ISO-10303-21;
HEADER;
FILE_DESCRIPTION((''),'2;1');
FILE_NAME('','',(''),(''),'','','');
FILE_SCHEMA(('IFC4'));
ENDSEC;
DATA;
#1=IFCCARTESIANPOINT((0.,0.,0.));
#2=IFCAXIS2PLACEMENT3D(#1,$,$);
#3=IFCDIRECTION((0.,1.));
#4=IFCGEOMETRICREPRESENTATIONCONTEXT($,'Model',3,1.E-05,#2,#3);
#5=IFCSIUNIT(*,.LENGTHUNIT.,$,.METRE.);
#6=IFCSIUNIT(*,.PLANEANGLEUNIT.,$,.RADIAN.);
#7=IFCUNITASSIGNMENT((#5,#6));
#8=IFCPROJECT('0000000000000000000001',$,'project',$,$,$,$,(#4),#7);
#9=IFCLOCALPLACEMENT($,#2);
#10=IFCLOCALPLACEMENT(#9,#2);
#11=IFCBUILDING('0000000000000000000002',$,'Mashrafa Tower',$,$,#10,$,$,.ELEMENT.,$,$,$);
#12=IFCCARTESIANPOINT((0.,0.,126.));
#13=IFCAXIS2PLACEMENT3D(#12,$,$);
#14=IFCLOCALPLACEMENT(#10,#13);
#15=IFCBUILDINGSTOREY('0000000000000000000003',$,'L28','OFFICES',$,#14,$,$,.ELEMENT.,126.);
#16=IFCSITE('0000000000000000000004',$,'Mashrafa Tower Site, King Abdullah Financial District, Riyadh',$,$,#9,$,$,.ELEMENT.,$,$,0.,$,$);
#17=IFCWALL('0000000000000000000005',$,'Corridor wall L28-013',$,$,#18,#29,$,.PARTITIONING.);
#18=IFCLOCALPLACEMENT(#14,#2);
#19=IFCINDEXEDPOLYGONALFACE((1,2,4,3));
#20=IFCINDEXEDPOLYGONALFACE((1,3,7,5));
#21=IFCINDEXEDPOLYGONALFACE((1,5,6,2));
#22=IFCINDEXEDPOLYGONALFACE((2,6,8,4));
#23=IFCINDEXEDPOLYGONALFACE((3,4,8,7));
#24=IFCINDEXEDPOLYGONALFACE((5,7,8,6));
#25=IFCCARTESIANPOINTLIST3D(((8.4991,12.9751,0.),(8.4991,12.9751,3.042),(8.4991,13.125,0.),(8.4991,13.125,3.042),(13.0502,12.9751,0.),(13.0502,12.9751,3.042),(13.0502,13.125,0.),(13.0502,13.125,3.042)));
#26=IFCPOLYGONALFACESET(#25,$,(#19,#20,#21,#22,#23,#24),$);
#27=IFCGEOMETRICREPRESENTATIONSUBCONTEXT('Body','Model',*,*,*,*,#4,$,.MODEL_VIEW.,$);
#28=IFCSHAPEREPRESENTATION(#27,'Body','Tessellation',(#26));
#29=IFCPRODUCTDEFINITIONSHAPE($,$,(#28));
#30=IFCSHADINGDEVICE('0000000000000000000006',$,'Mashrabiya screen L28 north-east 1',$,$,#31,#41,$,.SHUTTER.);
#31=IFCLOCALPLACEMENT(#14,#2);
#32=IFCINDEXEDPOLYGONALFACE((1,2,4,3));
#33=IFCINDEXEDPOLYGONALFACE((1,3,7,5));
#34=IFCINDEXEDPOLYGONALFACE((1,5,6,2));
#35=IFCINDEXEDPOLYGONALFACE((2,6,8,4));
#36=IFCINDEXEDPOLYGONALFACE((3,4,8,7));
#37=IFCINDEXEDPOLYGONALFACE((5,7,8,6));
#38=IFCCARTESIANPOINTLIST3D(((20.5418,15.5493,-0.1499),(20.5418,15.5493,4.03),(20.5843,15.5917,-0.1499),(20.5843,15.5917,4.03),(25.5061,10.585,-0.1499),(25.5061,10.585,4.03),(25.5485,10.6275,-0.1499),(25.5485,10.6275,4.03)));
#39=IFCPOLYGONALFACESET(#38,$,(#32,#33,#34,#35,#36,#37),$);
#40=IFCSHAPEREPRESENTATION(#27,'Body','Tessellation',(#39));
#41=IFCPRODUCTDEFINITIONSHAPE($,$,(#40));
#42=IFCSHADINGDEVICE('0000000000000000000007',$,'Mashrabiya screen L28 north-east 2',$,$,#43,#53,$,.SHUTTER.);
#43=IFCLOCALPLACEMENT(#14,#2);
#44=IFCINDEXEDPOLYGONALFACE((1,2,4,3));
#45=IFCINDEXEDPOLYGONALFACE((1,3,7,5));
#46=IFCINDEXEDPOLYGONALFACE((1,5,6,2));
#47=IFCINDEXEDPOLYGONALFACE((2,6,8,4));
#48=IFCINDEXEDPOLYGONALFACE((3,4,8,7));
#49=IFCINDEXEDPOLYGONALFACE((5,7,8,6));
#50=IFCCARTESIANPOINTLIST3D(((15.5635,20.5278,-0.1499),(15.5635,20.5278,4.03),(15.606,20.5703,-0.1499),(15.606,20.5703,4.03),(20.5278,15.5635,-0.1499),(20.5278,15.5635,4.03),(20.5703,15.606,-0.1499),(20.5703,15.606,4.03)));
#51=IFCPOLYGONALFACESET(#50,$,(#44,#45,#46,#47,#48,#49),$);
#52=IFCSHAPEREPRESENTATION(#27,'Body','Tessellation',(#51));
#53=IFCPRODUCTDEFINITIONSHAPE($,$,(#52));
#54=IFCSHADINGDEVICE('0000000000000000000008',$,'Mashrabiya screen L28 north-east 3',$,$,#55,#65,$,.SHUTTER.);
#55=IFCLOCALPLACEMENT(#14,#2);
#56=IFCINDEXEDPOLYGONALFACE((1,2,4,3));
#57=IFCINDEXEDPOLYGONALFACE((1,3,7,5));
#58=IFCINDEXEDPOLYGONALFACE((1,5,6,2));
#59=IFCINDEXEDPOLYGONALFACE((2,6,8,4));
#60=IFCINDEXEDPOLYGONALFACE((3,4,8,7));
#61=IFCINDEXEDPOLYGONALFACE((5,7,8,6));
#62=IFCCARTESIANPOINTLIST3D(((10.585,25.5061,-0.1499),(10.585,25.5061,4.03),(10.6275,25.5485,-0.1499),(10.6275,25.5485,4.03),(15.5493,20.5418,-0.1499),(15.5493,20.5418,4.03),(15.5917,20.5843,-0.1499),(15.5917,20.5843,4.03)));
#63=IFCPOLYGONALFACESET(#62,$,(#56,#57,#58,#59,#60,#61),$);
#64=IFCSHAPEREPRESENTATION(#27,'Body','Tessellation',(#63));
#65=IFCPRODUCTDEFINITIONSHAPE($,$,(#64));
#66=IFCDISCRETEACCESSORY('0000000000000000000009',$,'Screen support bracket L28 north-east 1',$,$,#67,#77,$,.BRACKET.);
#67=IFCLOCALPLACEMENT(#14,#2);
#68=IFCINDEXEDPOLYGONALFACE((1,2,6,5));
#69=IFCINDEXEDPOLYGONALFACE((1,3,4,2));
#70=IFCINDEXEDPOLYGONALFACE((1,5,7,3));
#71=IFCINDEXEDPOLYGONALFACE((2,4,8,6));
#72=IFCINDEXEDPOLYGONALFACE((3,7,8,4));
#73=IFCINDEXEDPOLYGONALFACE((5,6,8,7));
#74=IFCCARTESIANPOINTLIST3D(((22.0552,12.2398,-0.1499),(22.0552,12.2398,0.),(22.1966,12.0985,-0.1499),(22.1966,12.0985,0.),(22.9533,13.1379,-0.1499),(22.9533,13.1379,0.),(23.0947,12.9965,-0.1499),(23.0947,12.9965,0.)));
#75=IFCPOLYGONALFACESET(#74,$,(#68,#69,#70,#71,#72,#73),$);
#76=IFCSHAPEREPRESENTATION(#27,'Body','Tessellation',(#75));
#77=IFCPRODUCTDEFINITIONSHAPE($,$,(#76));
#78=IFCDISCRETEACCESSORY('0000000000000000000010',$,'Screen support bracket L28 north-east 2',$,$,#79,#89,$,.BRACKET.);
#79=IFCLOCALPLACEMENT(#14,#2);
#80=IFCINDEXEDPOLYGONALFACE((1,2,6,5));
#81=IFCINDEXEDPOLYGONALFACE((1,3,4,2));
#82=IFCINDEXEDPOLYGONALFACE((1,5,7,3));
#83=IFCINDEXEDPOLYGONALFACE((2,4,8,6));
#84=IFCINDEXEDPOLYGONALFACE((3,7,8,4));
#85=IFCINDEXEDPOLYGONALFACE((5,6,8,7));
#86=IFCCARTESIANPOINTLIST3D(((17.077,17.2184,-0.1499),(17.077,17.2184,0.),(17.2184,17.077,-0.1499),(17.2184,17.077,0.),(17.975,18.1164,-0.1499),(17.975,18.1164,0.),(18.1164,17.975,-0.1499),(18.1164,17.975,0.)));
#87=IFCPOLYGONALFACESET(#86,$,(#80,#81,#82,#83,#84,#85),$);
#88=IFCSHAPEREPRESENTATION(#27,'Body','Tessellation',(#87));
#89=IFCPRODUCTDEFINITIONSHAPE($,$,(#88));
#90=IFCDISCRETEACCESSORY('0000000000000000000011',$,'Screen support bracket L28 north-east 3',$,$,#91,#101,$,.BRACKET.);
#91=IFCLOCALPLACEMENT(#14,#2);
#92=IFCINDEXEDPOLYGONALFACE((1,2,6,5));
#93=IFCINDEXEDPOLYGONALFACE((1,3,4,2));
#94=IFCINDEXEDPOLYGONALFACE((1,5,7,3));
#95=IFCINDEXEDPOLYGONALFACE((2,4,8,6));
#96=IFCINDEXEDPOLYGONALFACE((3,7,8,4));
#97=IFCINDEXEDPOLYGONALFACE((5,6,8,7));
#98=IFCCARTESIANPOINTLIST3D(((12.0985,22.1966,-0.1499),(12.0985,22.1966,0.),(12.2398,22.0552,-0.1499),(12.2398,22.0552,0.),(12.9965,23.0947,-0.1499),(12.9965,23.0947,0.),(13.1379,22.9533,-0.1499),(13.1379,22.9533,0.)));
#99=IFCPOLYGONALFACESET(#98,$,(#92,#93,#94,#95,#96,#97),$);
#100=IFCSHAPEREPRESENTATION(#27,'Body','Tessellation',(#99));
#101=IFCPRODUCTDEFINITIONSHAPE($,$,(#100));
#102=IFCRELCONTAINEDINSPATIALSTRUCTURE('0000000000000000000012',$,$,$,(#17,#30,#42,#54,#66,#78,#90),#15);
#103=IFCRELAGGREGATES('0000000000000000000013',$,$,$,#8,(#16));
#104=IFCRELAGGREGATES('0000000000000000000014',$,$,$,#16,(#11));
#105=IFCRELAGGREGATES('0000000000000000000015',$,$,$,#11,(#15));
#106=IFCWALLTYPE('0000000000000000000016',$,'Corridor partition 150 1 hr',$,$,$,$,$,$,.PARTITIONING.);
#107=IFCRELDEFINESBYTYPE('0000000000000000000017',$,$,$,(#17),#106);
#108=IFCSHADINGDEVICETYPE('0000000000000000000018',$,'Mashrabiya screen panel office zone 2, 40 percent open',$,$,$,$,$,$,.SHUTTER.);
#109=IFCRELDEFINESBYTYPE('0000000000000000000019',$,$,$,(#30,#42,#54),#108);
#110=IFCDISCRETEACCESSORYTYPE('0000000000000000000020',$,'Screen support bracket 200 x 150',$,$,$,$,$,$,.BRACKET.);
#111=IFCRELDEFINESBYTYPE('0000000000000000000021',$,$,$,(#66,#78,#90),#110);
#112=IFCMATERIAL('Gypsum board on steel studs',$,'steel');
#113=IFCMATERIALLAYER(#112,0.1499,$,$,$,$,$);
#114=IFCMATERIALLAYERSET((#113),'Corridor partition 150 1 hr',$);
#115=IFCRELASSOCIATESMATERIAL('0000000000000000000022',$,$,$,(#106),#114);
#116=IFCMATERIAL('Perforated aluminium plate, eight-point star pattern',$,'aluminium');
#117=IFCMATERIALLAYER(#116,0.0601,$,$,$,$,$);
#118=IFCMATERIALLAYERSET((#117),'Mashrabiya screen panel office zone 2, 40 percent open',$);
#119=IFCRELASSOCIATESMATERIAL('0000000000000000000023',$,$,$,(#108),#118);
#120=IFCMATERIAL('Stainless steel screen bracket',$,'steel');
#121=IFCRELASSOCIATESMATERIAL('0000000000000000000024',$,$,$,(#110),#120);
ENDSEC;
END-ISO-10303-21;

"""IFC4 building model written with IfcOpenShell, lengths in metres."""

from ifc_helpers import new_model, si_unit, direction, frame, frame_2d, origin, origin_2d, place, context, subcontext, project, spatial, rectangle, extrude, source, transform, mapped, material, layer, layer_set, type_object, type_shapes, element, save


model = new_model("IFC4")

# Units and contexts
model_context = context("Model", 3, precision=1e-05, world=origin(), true_north=direction((0.0, 1.0)))
body_context = subcontext(model_context, "Body", "Model", "MODEL_VIEW")
ifc_project = project(units=[si_unit("LENGTHUNIT", "METRE"), si_unit("PLANEANGLEUNIT", "RADIAN")], contexts=[model_context])

# Site, building, storey
site_placement = place(None, origin())
site = spatial("IfcSite", under=ifc_project, at=site_placement, Name="Mashrafa Tower Site, King Abdullah Financial District, Riyadh", CompositionType="ELEMENT", RefElevation=0.0)
building_placement = place(site_placement, origin())
building = spatial("IfcBuilding", under=site, at=building_placement, Name="Mashrafa Tower", CompositionType="ELEMENT")
storey_placement = place(building_placement, frame((0.0, 0.0, 126.0)))
storey = spatial("IfcBuildingStorey", under=building, at=storey_placement, Name="L28", Description="OFFICES", CompositionType="ELEMENT", Elevation=126.0)

# Wall
ifc_material_1 = material(Name="Gypsum board on steel studs", Category="steel")
ifc_layer_1 = layer(ifc_material_1, 0.1499)
ifc_layer_set_1 = layer_set([ifc_layer_1], Name="Corridor partition 150 1 hr")
wall_type = type_object("IfcWallType", Name="Corridor partition 150 1 hr", PredefinedType="PARTITIONING", material=ifc_layer_set_1)
wall_placement = place(storey_placement, frame((13.05, 13.05, 0.0), z_axis=(0.0, 0.0, 1.0), x_axis=(-1.0, 0.0, 0.0)))
element("IfcWall", 1, at=wall_placement, inside=storey, type_object=wall_type, Name="Corridor wall L28-013", PredefinedType="PARTITIONING", context=body_context, shape_type="SweptSolid", body=[
    extrude(rectangle(XDim=4.551, YDim=0.1499, at=frame_2d((2.2754, 0.0))), origin(), (0.0, 0.0, 1.0), 3.042),
])

# Shading devices
ifc_material_2 = material(Name="Perforated aluminium plate, eight-point star pattern", Category="aluminium")
ifc_layer_2 = layer(ifc_material_2, 0.0601)
ifc_layer_set_2 = layer_set([ifc_layer_2], Name="Mashrabiya screen panel office zone 2, 40 percent open")
shading_device_type = type_object("IfcShadingDeviceType", Name="Mashrabiya screen panel office zone 2, 40 percent open", PredefinedType="SHUTTER", material=ifc_layer_set_2)
shared_shape_1 = source(origin(), body_context, "Body", "SweptSolid", [
    extrude(rectangle(XDim=7.0205, YDim=0.0601, at=origin_2d()), origin(), (0.0, 0.0, 1.0), 4.1799),
])
type_shapes(shading_device_type, [shared_shape_1])
for number, where, z_axis, x_axis, name in (
    (2, (23.0452, 13.0884, -0.1499), (0.0, 0.0, 1.0), (-0.707107, 0.707107, 0.0), "Mashrabiya screen L28 north-east 1"),
    (3, (18.0669, 18.0669, -0.1499), (0.0, 0.0, 1.0), (-0.707107, 0.707107, 0.0), "Mashrabiya screen L28 north-east 2"),
    (4, (13.0884, 23.0452, -0.1499), (0.0, 0.0, 1.0), (-0.707107, 0.707107, 0.0), "Mashrabiya screen L28 north-east 3"),
):
    element("IfcShadingDevice", number, at=place(storey_placement, frame(where, z_axis=z_axis, x_axis=x_axis)), inside=storey, type_object=shading_device_type, Name=name, PredefinedType="SHUTTER", context=body_context, shape_type="MappedRepresentation", body=[
        mapped(shared_shape_1, transform((0.0, 0.0, 0.0))),
    ])

# Discrete accessories
ifc_material_3 = material(Name="Stainless steel screen bracket", Category="steel")
discrete_accessory_type = type_object("IfcDiscreteAccessoryType", Name="Screen support bracket 200 x 150", PredefinedType="BRACKET", material=ifc_material_3)
shared_shape_2 = source(origin(), body_context, "Body", "SweptSolid", [
    extrude(rectangle(XDim=0.2, YDim=1.27, at=origin_2d()), origin(), (0.0, 0.0, 1.0), 0.1499),
])
type_shapes(discrete_accessory_type, [shared_shape_2])
for number, where, z_axis, x_axis, name in (
    (5, (22.575, 12.6182, -0.1499), (0.0, 0.0, 1.0), (-0.707107, 0.707107, 0.0), "Screen support bracket L28 north-east 1"),
    (6, (17.5967, 17.5967, -0.1499), (0.0, 0.0, 1.0), (-0.707107, 0.707107, 0.0), "Screen support bracket L28 north-east 2"),
    (7, (12.6182, 22.575, -0.1499), (0.0, 0.0, 1.0), (-0.707107, 0.707107, 0.0), "Screen support bracket L28 north-east 3"),
):
    element("IfcDiscreteAccessory", number, at=place(storey_placement, frame(where, z_axis=z_axis, x_axis=x_axis)), inside=storey, type_object=discrete_accessory_type, Name=name, PredefinedType="BRACKET", context=body_context, shape_type="MappedRepresentation", body=[
        mapped(shared_shape_2, transform((0.0, 0.0, 0.0))),
    ])

save(model, "model.ifc")
